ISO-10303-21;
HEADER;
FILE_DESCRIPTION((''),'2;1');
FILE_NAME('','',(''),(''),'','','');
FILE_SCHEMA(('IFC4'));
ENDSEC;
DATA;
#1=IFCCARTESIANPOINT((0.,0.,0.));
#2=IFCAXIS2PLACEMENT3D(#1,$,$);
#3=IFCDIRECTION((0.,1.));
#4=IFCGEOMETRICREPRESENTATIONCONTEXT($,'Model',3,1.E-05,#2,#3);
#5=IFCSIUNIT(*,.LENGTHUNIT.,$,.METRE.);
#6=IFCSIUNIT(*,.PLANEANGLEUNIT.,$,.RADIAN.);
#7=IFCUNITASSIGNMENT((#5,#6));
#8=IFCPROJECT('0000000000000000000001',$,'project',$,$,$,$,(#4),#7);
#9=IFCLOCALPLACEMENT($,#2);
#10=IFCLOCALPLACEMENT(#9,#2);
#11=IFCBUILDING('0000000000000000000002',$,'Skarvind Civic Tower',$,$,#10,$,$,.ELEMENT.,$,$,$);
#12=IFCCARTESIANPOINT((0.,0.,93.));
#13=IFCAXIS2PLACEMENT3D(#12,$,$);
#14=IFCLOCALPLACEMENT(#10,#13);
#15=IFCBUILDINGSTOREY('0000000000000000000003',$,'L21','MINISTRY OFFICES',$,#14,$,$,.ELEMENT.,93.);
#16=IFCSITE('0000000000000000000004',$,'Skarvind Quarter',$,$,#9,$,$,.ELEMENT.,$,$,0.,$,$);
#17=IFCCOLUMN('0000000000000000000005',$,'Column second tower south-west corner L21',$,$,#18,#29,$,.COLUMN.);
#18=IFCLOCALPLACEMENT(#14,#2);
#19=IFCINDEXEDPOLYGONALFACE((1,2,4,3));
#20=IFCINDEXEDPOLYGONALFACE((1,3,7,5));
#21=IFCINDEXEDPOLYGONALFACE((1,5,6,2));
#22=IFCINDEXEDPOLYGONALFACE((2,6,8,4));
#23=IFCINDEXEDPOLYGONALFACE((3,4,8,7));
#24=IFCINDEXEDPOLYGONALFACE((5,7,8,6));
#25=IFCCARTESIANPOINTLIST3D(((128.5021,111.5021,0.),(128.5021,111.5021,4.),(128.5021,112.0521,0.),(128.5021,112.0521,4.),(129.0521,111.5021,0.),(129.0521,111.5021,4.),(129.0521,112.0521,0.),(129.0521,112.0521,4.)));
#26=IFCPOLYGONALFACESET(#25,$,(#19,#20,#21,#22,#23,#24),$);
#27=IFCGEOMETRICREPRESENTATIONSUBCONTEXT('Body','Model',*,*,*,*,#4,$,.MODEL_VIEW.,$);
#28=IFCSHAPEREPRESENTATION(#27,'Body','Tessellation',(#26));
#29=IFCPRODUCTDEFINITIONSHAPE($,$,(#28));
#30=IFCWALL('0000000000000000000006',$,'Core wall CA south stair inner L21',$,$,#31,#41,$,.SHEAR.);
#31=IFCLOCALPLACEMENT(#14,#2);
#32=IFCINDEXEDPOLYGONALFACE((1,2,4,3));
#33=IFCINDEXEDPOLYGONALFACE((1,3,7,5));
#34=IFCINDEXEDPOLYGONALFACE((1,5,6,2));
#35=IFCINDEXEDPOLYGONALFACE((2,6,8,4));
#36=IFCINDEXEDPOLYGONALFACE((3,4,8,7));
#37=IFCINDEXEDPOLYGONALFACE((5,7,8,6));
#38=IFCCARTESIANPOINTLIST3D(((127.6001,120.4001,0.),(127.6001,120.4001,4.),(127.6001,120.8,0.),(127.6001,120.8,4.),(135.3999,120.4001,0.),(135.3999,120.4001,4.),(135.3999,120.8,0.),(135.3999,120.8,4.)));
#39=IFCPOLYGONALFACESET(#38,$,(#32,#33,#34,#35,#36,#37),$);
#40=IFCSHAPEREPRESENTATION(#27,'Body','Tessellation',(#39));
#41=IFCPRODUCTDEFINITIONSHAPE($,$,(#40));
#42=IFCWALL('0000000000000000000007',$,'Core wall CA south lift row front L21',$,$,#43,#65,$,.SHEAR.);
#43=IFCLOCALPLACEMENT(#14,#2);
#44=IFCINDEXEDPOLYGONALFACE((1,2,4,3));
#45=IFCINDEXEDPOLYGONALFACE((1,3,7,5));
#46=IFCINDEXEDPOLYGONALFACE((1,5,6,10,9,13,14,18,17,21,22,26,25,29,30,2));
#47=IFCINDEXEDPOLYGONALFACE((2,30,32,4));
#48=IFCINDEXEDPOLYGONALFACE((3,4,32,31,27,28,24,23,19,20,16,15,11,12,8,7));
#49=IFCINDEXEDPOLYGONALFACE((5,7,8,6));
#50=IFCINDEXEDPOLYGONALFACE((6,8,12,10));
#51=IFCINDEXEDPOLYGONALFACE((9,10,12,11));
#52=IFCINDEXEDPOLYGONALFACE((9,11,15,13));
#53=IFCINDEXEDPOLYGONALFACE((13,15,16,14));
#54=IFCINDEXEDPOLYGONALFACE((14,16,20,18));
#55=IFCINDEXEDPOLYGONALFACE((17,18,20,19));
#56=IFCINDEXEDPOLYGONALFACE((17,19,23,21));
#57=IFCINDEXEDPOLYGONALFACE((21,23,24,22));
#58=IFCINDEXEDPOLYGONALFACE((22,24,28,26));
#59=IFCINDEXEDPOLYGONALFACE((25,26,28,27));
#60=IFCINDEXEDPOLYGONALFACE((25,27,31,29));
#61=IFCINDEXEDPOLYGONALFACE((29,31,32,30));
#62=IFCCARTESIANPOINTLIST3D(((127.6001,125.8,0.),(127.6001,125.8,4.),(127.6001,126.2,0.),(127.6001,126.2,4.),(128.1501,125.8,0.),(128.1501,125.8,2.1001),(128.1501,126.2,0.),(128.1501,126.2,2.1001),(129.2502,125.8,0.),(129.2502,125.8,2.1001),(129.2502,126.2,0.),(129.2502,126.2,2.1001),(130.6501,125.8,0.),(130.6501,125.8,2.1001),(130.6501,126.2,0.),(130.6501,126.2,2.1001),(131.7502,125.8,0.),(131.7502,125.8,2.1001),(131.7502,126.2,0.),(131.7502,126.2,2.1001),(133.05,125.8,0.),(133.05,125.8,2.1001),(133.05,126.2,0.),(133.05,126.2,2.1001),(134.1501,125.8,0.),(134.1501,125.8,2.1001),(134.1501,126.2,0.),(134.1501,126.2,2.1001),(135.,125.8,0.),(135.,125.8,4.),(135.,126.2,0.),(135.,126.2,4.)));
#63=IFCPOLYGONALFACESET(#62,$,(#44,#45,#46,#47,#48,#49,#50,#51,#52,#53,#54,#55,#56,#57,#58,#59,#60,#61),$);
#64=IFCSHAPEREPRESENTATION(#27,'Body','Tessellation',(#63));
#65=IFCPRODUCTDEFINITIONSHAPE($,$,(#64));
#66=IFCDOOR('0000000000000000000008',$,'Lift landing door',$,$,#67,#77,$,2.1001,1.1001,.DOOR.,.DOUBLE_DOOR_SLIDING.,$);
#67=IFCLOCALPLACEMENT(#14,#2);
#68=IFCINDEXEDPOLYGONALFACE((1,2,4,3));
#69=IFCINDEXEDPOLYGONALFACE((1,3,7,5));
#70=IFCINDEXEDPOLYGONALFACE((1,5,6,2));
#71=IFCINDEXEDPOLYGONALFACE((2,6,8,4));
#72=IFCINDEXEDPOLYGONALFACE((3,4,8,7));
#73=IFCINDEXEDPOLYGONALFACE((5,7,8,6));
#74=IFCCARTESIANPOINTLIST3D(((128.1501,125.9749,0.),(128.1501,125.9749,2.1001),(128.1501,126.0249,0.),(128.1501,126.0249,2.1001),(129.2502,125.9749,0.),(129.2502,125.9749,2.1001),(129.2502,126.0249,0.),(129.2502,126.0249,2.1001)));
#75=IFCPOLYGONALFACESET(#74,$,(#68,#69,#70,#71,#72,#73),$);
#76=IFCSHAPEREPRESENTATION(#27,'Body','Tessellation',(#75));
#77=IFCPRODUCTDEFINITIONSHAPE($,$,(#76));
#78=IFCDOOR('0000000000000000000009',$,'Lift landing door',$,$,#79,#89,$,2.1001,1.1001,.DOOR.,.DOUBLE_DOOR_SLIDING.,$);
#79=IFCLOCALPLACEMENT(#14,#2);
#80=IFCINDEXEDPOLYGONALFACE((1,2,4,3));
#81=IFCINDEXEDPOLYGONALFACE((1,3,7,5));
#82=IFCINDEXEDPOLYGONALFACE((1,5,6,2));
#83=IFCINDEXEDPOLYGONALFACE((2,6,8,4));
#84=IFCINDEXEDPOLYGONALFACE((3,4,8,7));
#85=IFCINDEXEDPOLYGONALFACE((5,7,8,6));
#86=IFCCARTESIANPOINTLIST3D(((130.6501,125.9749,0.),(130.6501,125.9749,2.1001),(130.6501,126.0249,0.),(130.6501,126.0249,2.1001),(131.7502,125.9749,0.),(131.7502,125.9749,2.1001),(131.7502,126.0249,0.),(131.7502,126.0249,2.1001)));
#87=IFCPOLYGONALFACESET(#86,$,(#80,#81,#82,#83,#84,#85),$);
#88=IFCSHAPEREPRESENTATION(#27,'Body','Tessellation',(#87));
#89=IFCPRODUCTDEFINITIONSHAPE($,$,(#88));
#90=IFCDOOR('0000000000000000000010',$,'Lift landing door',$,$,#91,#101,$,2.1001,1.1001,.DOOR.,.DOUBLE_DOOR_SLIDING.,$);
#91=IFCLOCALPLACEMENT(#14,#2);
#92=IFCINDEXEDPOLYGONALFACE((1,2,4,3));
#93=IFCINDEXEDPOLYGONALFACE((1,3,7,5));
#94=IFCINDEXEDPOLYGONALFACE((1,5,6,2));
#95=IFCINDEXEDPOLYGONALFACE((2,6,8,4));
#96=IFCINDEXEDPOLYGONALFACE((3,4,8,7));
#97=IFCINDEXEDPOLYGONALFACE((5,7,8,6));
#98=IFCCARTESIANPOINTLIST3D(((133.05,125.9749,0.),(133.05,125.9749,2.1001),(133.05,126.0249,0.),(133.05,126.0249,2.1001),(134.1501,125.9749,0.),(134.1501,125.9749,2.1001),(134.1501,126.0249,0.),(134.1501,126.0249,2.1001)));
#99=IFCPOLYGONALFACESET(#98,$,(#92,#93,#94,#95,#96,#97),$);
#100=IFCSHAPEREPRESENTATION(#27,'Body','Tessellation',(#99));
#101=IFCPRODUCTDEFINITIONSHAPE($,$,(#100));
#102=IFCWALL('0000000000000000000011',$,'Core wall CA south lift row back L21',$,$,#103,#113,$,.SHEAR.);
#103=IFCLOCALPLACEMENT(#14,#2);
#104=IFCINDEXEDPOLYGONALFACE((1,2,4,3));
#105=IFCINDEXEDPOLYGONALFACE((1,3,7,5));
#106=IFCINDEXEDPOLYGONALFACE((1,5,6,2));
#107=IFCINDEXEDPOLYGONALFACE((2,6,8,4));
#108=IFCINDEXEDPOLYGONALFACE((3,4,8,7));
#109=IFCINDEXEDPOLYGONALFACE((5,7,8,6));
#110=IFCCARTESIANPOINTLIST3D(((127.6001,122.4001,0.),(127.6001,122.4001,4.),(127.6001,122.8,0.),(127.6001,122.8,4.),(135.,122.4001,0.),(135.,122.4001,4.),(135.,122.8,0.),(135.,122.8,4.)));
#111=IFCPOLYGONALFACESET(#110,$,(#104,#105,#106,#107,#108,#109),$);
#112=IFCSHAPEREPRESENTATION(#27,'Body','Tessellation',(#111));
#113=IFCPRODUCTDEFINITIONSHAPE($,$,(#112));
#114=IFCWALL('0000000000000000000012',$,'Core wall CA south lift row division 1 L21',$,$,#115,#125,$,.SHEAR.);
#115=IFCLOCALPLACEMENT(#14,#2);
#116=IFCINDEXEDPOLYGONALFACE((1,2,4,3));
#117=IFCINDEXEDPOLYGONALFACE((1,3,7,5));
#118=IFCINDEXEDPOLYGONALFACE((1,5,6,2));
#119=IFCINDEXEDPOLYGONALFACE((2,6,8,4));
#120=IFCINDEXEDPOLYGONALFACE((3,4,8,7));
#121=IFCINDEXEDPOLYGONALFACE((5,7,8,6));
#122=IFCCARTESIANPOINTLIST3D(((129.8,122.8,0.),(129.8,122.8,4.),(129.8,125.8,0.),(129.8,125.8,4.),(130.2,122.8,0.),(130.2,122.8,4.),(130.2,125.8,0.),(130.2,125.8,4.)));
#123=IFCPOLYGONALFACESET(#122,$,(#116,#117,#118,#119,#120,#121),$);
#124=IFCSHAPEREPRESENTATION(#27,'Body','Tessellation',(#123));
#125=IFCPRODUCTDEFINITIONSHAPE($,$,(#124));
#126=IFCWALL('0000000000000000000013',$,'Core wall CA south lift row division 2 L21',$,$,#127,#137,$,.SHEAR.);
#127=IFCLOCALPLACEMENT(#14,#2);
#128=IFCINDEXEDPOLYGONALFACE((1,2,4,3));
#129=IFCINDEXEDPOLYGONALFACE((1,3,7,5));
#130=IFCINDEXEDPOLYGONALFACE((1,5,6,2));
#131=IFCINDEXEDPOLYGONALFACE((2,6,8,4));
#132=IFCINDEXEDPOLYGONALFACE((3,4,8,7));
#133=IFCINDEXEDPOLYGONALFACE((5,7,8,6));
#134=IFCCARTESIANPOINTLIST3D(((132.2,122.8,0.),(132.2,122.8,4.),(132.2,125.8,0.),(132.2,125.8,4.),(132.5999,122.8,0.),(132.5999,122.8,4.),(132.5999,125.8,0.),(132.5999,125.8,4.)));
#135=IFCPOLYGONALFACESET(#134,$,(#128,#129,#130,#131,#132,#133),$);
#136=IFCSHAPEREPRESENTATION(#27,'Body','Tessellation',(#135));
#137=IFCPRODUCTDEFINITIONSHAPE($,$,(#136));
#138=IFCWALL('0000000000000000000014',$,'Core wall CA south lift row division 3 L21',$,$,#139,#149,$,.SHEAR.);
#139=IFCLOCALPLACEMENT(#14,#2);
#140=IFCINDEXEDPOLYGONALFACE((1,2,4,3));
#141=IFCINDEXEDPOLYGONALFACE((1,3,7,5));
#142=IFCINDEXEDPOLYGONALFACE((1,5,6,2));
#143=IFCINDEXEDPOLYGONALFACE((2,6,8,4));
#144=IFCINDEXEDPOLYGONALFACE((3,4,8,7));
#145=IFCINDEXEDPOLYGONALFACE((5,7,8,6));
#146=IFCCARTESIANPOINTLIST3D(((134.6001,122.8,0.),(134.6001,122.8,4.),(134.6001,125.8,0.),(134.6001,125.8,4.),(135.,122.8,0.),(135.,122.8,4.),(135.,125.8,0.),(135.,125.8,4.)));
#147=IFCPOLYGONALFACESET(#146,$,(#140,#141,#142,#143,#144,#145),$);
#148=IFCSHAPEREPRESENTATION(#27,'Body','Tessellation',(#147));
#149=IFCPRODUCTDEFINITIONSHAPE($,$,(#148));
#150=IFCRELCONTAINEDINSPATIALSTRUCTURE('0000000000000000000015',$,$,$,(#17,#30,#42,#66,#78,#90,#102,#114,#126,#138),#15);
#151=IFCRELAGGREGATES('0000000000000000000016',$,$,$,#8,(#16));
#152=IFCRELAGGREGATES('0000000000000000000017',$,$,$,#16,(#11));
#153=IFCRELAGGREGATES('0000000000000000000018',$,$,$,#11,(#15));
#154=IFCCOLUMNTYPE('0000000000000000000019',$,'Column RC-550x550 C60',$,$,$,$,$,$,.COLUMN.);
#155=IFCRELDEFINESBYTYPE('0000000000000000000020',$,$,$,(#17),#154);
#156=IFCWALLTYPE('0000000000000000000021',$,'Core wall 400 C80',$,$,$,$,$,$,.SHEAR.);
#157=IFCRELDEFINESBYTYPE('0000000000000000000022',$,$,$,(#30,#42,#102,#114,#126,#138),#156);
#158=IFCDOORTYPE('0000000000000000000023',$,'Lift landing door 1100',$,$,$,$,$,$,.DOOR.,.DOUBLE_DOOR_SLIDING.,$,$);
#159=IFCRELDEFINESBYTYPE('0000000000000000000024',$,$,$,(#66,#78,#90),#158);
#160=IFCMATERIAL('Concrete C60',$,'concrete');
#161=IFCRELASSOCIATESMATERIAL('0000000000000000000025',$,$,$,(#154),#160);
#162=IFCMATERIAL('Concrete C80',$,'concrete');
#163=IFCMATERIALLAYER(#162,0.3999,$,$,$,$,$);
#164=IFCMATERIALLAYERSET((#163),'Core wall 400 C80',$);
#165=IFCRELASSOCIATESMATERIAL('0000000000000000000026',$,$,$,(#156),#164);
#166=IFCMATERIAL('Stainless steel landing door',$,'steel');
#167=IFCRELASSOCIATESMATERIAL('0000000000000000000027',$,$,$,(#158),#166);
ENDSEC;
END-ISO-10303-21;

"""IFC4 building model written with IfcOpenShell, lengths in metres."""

from ifc_helpers import new_model, si_unit, direction, frame, frame_2d, origin, origin_2d, place, context, subcontext, project, spatial, rectangle, extrude, material, layer, layer_set, material_profile, profile_set, type_object, element, fill, save


model = new_model("IFC4")

# Units and contexts
model_context = context("Model", 3, precision=1e-05, world=origin(), true_north=direction((0.0, 1.0)))
body_context = subcontext(model_context, "Body", "Model", "MODEL_VIEW")
ifc_project = project(units=[si_unit("LENGTHUNIT", "METRE"), si_unit("PLANEANGLEUNIT", "RADIAN")], contexts=[model_context])

# Site, building, storey
site_placement = place(None, origin())
site = spatial("IfcSite", under=ifc_project, at=site_placement, Name="Skarvind Quarter", CompositionType="ELEMENT", RefElevation=0.0)
building_placement = place(site_placement, origin())
building = spatial("IfcBuilding", under=site, at=building_placement, Name="Skarvind Civic Tower", CompositionType="ELEMENT")
storey_placement = place(building_placement, frame((0.0, 0.0, 93.0)))
storey = spatial("IfcBuildingStorey", under=building, at=storey_placement, Name="L21", Description="MINISTRY OFFICES", CompositionType="ELEMENT", Elevation=93.0)

# Column
ifc_material_1 = material(Name="Concrete C60", Category="concrete")
ifc_material_profile = material_profile(ifc_material_1, rectangle(XDim=0.55, YDim=0.55, at=origin_2d()), Name="RC-550x550")
ifc_profile_set = profile_set([ifc_material_profile], Name="Concrete C60")
column_type = type_object("IfcColumnType", Name="Column RC-550x550 C60", PredefinedType="COLUMN", material=ifc_profile_set)
column_placement = place(storey_placement, frame((128.7771, 111.7771, 0.0), z_axis=(0.0, 0.0, 1.0), x_axis=(1.0, 0.0, 0.0)))
element("IfcColumn", 1, at=column_placement, inside=storey, type_object=column_type, Name="Column second tower south-west corner L21", PredefinedType="COLUMN", context=body_context, shape_type="SweptSolid", body=[
    extrude(rectangle(XDim=0.55, YDim=0.55, at=origin_2d()), origin(), (0.0, 0.0, 1.0), 4.0),
])

# Wall
ifc_material_2 = material(Name="Concrete C80", Category="concrete")
ifc_layer_1 = layer(ifc_material_2, 0.3999)
ifc_layer_set_1 = layer_set([ifc_layer_1], Name="Core wall 400 C80")
wall_type_1 = type_object("IfcWallType", Name="Core wall 400 C80", PredefinedType="SHEAR", material=ifc_layer_set_1)
wall_1_placement = place(storey_placement, frame((127.6001, 120.6001, 0.0), z_axis=(0.0, 0.0, 1.0), x_axis=(1.0, 0.0, 0.0)))
element("IfcWall", 2, at=wall_1_placement, inside=storey, type_object=wall_type_1, Name="Core wall CA south stair inner L21", PredefinedType="SHEAR", context=body_context, shape_type="SweptSolid", body=[
    extrude(rectangle(XDim=7.7998, YDim=0.3999, at=frame_2d((3.8999, 0.0))), origin(), (0.0, 0.0, 1.0), 4.0),
])

# Wall, openings, doors
wall_2_placement = place(storey_placement, frame((127.6001, 126.0, 0.0), z_axis=(0.0, 0.0, 1.0), x_axis=(1.0, 0.0, 0.0)))
wall_2 = element("IfcWall", 3, at=wall_2_placement, inside=storey, type_object=wall_type_1, Name="Core wall CA south lift row front L21", PredefinedType="SHEAR", context=body_context, shape_type="SweptSolid", body=[
    extrude(rectangle(XDim=7.3999, YDim=0.3999, at=frame_2d((3.7, 0.0))), origin(), (0.0, 0.0, 1.0), 4.0),
])
opening_1_placement = place(wall_2_placement, frame((0.55, 0.0, 0.0)))
opening_1 = element("IfcOpeningElement", 4, at=opening_1_placement, cuts=wall_2, PredefinedType="OPENING", context=body_context, shape_type="SweptSolid", body=[
    extrude(rectangle(XDim=1.1001, YDim=2.1001, at=frame_2d((0.55, 1.05))), frame((0.0, 0.21, 0.0), z_axis=(0.0, -1.0, 0.0), x_axis=(1.0, 0.0, 0.0)), (0.0, 0.0, 1.0), 0.4199),
])
opening_2_placement = place(wall_2_placement, frame((3.05, 0.0, 0.0)))
opening_2 = element("IfcOpeningElement", 5, at=opening_2_placement, cuts=wall_2, PredefinedType="OPENING", context=body_context, shape_type="SweptSolid", body=[
    extrude(rectangle(XDim=1.1001, YDim=2.1001, at=frame_2d((0.55, 1.05))), frame((0.0, 0.21, 0.0), z_axis=(0.0, -1.0, 0.0), x_axis=(1.0, 0.0, 0.0)), (0.0, 0.0, 1.0), 0.4199),
])
opening_3_placement = place(wall_2_placement, frame((5.45, 0.0, 0.0)))
opening_3 = element("IfcOpeningElement", 6, at=opening_3_placement, cuts=wall_2, PredefinedType="OPENING", context=body_context, shape_type="SweptSolid", body=[
    extrude(rectangle(XDim=1.1001, YDim=2.1001, at=frame_2d((0.55, 1.05))), frame((0.0, 0.21, 0.0), z_axis=(0.0, -1.0, 0.0), x_axis=(1.0, 0.0, 0.0)), (0.0, 0.0, 1.0), 0.4199),
])
ifc_material_3 = material(Name="Stainless steel landing door", Category="steel")
door_type = type_object("IfcDoorType", Name="Lift landing door 1100", OperationType="DOUBLE_DOOR_SLIDING", PredefinedType="DOOR", material=ifc_material_3)
door_1_placement = place(opening_1_placement, origin())
door_1 = element("IfcDoor", 7, at=door_1_placement, inside=storey, type_object=door_type, Name="Lift landing door", OperationType="DOUBLE_DOOR_SLIDING", OverallHeight=2.1001, OverallWidth=1.1001, PredefinedType="DOOR", context=body_context, shape_type="SweptSolid", body=[
    extrude(rectangle(XDim=1.1001, YDim=2.1001, at=frame_2d((0.55, 1.05))), frame((0.0, 0.0249, 0.0), z_axis=(0.0, -1.0, 0.0), x_axis=(1.0, 0.0, 0.0)), (0.0, 0.0, 1.0), 0.05),
])
fill(opening_1, door_1)
door_2_placement = place(opening_2_placement, origin())
door_2 = element("IfcDoor", 8, at=door_2_placement, inside=storey, type_object=door_type, Name="Lift landing door", OperationType="DOUBLE_DOOR_SLIDING", OverallHeight=2.1001, OverallWidth=1.1001, PredefinedType="DOOR", context=body_context, shape_type="SweptSolid", body=[
    extrude(rectangle(XDim=1.1001, YDim=2.1001, at=frame_2d((0.55, 1.05))), frame((0.0, 0.0249, 0.0), z_axis=(0.0, -1.0, 0.0), x_axis=(1.0, 0.0, 0.0)), (0.0, 0.0, 1.0), 0.05),
])
fill(opening_2, door_2)
door_3_placement = place(opening_3_placement, origin())
door_3 = element("IfcDoor", 9, at=door_3_placement, inside=storey, type_object=door_type, Name="Lift landing door", OperationType="DOUBLE_DOOR_SLIDING", OverallHeight=2.1001, OverallWidth=1.1001, PredefinedType="DOOR", context=body_context, shape_type="SweptSolid", body=[
    extrude(rectangle(XDim=1.1001, YDim=2.1001, at=frame_2d((0.55, 1.05))), frame((0.0, 0.0249, 0.0), z_axis=(0.0, -1.0, 0.0), x_axis=(1.0, 0.0, 0.0)), (0.0, 0.0, 1.0), 0.05),
])
fill(opening_3, door_3)

# Walls
wall_3_placement = place(storey_placement, frame((127.6001, 122.6001, 0.0), z_axis=(0.0, 0.0, 1.0), x_axis=(1.0, 0.0, 0.0)))
element("IfcWall", 10, at=wall_3_placement, inside=storey, type_object=wall_type_1, Name="Core wall CA south lift row back L21", PredefinedType="SHEAR", context=body_context, shape_type="SweptSolid", body=[
    extrude(rectangle(XDim=7.3999, YDim=0.3999, at=frame_2d((3.7, 0.0))), origin(), (0.0, 0.0, 1.0), 4.0),
])
for number, where, z_axis, x_axis, name in (
    (11, (130.0, 122.8, 0.0), (0.0, 0.0, 1.0), (0.0, 1.0, 0.0), "Core wall CA south lift row division 1 L21"),
    (12, (132.3999, 122.8, 0.0), (0.0, 0.0, 1.0), (0.0, 1.0, 0.0), "Core wall CA south lift row division 2 L21"),
    (13, (134.8, 122.8, 0.0), (0.0, 0.0, 1.0), (0.0, 1.0, 0.0), "Core wall CA south lift row division 3 L21"),
):
    element("IfcWall", number, at=place(storey_placement, frame(where, z_axis=z_axis, x_axis=x_axis)), inside=storey, type_object=wall_type_1, Name=name, PredefinedType="SHEAR", context=body_context, shape_type="SweptSolid", body=[
        extrude(rectangle(XDim=3.0, YDim=0.3999, at=frame_2d((1.5, 0.0))), origin(), (0.0, 0.0, 1.0), 4.0),
    ])

save(model, "model.ifc")
